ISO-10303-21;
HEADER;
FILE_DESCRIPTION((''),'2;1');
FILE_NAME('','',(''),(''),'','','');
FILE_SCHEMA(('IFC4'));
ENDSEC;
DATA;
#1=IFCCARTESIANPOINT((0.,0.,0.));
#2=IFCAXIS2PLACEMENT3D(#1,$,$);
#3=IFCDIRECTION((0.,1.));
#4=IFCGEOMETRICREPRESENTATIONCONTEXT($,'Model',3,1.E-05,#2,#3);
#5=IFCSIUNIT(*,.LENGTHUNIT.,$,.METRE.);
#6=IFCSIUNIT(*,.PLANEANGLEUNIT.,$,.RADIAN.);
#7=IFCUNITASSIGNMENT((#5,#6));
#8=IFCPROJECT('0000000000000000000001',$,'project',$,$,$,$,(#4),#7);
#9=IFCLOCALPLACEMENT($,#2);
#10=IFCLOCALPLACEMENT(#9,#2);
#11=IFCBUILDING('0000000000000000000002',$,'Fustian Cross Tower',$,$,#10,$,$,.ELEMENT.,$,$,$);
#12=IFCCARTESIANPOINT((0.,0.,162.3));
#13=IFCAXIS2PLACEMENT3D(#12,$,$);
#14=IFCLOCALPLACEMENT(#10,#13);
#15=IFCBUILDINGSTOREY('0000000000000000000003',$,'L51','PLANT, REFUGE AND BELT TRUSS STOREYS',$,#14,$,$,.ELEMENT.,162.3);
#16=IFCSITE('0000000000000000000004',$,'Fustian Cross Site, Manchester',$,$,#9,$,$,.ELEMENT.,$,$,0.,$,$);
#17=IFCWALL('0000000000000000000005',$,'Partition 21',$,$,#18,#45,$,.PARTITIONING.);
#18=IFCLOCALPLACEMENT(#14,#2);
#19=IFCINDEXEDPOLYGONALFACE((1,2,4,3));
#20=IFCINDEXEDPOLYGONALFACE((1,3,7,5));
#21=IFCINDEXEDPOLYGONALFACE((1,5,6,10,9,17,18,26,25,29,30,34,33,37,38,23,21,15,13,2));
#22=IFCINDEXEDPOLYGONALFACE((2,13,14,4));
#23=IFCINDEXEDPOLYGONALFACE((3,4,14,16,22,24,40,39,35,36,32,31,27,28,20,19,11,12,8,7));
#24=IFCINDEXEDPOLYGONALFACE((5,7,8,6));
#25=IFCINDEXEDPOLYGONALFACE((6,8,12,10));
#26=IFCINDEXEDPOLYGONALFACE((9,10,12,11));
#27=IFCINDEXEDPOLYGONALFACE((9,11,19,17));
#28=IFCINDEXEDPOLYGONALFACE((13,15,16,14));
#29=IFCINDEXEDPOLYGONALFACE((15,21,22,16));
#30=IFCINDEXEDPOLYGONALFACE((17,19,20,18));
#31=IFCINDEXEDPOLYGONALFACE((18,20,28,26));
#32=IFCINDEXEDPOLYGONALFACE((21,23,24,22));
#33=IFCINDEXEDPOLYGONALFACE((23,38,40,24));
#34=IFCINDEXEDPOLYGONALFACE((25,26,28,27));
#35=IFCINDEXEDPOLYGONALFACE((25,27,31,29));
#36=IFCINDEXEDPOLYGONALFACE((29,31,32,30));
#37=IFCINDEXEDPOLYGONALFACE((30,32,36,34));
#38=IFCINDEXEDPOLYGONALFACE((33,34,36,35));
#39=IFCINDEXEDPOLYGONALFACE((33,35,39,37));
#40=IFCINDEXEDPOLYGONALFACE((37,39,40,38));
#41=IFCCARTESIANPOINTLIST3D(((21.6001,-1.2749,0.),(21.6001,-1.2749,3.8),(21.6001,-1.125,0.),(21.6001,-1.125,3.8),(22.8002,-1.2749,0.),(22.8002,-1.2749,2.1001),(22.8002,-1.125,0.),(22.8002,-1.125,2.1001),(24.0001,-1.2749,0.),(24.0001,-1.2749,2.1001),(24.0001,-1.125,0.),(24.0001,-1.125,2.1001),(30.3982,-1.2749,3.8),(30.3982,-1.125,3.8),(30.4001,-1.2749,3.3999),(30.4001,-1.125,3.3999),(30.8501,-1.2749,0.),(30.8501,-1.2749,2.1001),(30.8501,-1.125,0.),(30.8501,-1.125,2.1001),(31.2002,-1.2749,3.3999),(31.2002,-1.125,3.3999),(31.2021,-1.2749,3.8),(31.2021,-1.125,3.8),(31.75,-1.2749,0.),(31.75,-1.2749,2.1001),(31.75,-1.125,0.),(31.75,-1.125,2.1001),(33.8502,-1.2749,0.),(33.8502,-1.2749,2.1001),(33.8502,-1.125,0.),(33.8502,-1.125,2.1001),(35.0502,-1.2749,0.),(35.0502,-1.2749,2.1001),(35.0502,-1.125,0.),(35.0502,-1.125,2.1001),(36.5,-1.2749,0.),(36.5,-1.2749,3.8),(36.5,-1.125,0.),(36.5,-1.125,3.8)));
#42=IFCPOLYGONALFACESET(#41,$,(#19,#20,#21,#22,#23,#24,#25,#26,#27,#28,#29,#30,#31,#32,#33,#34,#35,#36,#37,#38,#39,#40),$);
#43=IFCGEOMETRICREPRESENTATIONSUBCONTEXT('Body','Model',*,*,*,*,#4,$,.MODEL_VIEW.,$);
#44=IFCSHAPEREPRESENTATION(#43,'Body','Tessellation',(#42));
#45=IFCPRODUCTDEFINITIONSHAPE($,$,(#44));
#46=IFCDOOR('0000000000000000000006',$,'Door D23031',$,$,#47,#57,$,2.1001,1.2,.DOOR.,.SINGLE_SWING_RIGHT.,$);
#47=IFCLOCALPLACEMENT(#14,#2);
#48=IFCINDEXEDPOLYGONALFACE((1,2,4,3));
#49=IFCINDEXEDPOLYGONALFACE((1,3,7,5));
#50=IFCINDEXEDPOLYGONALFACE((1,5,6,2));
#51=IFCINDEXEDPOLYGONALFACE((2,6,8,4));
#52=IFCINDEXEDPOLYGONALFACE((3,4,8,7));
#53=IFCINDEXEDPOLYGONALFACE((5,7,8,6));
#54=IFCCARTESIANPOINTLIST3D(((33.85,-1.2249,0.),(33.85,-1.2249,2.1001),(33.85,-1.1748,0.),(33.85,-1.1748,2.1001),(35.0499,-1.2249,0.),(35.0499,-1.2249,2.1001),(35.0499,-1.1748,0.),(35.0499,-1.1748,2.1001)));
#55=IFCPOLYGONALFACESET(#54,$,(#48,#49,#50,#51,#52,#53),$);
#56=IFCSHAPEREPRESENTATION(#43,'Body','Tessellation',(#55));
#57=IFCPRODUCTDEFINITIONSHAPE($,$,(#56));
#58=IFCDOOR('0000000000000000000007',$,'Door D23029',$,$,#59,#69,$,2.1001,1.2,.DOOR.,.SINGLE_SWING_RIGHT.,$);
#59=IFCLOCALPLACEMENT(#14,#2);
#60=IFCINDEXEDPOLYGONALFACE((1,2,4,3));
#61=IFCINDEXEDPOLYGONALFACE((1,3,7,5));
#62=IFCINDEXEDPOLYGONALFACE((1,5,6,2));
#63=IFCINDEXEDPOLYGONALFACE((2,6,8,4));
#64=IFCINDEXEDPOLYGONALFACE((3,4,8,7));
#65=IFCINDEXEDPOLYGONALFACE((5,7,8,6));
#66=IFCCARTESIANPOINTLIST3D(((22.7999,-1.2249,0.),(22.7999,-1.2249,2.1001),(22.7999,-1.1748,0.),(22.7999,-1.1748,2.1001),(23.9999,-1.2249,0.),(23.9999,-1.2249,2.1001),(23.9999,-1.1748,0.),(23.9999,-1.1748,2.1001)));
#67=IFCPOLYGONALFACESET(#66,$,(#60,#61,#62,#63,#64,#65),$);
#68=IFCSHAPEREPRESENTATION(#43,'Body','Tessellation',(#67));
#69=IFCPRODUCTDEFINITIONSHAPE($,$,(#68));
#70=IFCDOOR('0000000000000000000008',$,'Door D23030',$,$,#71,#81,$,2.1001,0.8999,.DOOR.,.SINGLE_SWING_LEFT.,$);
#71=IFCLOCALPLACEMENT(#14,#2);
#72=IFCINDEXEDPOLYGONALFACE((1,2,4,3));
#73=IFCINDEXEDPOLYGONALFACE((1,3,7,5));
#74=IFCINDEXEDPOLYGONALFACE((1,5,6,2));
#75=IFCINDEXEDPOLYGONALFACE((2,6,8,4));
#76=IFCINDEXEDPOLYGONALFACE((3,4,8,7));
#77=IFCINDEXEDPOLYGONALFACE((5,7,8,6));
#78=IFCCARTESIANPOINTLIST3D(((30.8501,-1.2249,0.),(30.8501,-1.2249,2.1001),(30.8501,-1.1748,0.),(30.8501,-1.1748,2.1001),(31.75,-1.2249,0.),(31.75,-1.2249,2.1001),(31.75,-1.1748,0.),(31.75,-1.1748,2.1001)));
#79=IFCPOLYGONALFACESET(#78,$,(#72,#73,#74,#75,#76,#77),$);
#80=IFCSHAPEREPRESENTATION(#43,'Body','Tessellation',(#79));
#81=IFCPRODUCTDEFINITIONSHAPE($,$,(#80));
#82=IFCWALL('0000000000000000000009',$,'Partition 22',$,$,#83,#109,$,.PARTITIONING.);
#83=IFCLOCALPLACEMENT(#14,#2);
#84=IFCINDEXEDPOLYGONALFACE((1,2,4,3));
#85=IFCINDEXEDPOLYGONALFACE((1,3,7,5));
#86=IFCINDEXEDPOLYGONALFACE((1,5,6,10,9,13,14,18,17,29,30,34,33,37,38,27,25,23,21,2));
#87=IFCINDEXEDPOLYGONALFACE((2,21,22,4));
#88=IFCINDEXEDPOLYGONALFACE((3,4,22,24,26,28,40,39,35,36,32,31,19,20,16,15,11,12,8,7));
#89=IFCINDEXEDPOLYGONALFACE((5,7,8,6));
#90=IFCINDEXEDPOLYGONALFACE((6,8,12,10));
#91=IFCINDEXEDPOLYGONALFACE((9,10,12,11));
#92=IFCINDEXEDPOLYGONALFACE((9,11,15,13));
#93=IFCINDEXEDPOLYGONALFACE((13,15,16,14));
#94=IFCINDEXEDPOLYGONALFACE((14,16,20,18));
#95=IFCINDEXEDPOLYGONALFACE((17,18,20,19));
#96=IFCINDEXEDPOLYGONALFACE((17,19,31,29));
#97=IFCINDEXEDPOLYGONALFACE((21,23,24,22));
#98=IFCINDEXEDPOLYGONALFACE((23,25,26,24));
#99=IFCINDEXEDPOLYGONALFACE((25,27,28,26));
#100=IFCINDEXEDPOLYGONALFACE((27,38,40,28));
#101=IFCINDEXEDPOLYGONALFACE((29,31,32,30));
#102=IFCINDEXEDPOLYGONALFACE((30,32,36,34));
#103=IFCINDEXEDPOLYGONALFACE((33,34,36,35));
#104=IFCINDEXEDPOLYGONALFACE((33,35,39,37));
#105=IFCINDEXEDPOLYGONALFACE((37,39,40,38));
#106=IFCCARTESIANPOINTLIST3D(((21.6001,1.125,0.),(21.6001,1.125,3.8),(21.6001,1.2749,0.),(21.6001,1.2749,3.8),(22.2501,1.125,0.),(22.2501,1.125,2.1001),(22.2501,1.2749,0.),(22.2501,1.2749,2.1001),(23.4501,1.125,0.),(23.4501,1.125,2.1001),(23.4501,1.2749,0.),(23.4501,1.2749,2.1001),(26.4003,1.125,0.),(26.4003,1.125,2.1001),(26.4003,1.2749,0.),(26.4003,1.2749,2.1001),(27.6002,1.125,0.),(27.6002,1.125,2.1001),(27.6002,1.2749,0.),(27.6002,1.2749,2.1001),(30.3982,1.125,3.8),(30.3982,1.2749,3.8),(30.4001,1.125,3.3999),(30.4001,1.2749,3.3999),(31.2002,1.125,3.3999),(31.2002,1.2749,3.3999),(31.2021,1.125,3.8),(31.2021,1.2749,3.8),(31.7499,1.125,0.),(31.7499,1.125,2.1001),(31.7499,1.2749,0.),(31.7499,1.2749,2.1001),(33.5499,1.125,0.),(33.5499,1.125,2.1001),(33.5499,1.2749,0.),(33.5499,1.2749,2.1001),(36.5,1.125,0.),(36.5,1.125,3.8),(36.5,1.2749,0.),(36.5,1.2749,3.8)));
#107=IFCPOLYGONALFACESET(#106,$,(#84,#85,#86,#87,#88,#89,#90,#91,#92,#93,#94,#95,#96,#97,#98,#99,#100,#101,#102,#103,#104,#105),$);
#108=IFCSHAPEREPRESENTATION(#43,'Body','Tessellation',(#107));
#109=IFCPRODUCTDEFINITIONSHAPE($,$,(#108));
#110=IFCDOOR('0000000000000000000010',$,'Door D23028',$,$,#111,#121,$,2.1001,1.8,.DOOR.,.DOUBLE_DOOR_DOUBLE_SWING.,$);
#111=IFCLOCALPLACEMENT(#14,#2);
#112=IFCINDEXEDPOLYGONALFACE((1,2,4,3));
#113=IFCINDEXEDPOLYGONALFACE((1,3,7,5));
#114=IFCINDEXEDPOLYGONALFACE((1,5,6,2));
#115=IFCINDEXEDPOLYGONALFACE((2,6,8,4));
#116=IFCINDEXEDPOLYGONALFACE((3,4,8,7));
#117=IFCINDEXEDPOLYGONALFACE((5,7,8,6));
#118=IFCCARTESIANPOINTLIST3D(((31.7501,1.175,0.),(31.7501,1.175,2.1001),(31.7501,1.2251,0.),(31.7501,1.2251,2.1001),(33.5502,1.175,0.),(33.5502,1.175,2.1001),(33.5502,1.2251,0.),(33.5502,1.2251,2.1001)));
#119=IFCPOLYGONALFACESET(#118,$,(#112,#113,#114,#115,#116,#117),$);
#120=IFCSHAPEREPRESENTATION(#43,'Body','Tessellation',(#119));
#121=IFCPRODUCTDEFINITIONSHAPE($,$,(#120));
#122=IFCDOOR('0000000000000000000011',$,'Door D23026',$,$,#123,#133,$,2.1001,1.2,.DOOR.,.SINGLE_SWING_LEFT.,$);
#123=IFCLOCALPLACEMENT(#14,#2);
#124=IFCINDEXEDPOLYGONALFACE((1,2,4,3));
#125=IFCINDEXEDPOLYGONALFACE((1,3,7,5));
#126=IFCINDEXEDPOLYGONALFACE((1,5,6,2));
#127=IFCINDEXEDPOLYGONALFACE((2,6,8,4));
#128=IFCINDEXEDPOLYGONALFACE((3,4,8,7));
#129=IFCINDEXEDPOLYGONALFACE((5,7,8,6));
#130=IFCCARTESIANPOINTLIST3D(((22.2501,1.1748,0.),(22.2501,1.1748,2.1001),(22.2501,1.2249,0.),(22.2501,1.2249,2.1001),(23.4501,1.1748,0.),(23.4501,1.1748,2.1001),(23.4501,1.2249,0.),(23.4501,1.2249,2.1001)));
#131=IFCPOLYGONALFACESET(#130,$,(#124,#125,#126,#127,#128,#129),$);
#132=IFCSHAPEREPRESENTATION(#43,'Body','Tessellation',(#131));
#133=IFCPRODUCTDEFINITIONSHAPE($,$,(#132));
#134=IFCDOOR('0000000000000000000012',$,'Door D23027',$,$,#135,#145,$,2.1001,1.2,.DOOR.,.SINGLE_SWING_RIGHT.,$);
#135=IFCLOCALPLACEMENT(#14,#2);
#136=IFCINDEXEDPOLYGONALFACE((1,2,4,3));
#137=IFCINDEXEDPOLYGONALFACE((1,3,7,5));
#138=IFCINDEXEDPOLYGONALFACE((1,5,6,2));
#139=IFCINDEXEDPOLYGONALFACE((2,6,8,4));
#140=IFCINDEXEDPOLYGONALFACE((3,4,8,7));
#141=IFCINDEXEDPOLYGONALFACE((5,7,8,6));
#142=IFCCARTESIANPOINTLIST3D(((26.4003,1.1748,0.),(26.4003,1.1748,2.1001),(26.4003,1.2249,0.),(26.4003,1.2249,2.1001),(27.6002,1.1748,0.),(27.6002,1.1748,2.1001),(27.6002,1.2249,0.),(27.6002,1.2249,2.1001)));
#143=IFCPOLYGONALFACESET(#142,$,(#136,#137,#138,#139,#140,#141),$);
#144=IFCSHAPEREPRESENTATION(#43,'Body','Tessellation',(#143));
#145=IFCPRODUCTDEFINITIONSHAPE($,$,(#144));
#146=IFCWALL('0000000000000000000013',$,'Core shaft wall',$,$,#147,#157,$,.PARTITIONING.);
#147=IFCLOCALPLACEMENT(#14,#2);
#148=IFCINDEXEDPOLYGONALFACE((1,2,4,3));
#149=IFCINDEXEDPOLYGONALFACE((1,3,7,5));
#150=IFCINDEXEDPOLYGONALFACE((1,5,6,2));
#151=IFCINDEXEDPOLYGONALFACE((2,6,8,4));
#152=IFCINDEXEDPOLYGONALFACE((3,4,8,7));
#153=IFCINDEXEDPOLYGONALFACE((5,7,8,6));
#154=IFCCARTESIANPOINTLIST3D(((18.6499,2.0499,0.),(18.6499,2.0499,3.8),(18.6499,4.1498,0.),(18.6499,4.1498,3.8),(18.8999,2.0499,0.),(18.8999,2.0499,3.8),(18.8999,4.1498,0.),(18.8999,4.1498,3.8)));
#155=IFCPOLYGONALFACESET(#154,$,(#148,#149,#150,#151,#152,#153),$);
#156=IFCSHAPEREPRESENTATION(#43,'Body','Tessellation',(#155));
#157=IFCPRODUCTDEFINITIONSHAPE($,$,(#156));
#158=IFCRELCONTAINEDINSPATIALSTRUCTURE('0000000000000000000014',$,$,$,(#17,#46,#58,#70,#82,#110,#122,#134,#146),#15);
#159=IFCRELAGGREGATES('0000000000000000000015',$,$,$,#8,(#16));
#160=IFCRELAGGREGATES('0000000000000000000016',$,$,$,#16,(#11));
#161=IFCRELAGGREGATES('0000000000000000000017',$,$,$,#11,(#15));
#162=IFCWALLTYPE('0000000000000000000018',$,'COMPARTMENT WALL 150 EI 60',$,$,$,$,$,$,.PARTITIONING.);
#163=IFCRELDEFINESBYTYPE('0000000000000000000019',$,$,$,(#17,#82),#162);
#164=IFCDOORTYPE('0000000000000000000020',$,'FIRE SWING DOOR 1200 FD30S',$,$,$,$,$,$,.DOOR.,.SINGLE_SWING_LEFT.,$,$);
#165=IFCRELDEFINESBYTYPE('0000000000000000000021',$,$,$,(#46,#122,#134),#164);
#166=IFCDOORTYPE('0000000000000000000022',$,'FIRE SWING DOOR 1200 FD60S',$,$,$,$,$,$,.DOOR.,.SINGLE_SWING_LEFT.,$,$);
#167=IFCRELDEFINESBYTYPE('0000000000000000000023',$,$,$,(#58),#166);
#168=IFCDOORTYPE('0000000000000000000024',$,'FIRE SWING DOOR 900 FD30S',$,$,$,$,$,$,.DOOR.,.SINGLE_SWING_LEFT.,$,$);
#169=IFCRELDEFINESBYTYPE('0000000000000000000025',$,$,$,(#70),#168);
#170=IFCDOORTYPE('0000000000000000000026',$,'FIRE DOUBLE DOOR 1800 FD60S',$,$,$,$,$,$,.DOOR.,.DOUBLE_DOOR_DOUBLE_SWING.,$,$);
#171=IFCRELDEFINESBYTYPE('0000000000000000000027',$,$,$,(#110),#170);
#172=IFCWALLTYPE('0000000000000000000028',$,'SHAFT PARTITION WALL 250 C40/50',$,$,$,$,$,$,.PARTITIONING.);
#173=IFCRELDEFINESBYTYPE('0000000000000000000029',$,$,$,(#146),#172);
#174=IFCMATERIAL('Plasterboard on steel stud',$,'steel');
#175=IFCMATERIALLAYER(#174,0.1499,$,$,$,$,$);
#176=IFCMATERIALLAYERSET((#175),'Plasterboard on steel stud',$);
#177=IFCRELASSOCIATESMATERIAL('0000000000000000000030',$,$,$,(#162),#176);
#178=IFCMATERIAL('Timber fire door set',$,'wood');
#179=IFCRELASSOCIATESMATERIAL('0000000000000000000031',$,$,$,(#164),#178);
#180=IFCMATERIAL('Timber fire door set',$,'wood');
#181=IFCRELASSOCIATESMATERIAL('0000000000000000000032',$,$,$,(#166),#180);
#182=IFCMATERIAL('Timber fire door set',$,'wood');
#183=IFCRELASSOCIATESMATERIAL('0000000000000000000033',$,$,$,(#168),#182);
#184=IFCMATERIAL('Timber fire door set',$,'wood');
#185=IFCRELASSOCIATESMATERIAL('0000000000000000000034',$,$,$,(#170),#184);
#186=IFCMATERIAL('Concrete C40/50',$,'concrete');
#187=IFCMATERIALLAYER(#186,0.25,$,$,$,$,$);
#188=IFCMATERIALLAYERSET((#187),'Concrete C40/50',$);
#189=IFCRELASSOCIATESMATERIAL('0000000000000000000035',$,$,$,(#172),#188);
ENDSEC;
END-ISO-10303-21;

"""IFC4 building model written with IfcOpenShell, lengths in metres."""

from ifc_helpers import new_model, si_unit, direction, frame, frame_2d, origin, place, context, subcontext, project, spatial, polyline, rectangle, outline, extrude, material, layer, layer_set, type_object, element, fill, save


model = new_model("IFC4")

# Units and contexts
model_context = context("Model", 3, precision=1e-05, world=origin(), true_north=direction((0.0, 1.0)))
body_context = subcontext(model_context, "Body", "Model", "MODEL_VIEW")
ifc_project = project(units=[si_unit("LENGTHUNIT", "METRE"), si_unit("PLANEANGLEUNIT", "RADIAN")], contexts=[model_context])

# Site, building, storey
site_placement = place(None, origin())
site = spatial("IfcSite", under=ifc_project, at=site_placement, Name="Fustian Cross Site, Manchester", CompositionType="ELEMENT", RefElevation=0.0)
building_placement = place(site_placement, origin())
building = spatial("IfcBuilding", under=site, at=building_placement, Name="Fustian Cross Tower", CompositionType="ELEMENT")
storey_placement = place(building_placement, frame((0.0, 0.0, 162.3)))
storey = spatial("IfcBuildingStorey", under=building, at=storey_placement, Name="L51", Description="PLANT, REFUGE AND BELT TRUSS STOREYS", CompositionType="ELEMENT", Elevation=162.3)

# Walls, openings, doors
ifc_material_1 = material(Name="Plasterboard on steel stud", Category="steel")
ifc_layer_1 = layer(ifc_material_1, 0.1499)
ifc_layer_set_1 = layer_set([ifc_layer_1], Name="Plasterboard on steel stud")
wall_type_1 = type_object("IfcWallType", Name="COMPARTMENT WALL 150 EI 60", PredefinedType="PARTITIONING", material=ifc_layer_set_1)
wall_1_placement = place(storey_placement, frame((21.6001, -1.2, 0.0), z_axis=(0.0, 0.0, 1.0), x_axis=(1.0, 0.0, 0.0)))
wall_1 = element("IfcWall", 1, at=wall_1_placement, inside=storey, type_object=wall_type_1, Name="Partition 21", PredefinedType="PARTITIONING", context=body_context, shape_type="SweptSolid", body=[
    extrude(outline(polyline([(0.0, 0.0), (14.8999, 0.0), (14.8999, 3.8), (9.6021, 3.8), (9.6001, 3.3999), (8.8, 3.3999), (8.7981, 3.8), (0.0, 3.8), (0.0, 0.0)])), frame((0.0, 0.075, 0.0), z_axis=(0.0, -1.0, 0.0), x_axis=(1.0, 0.0, 0.0)), (0.0, 0.0, 1.0), 0.1499),
])
opening_1_placement = place(wall_1_placement, frame((1.2, 0.0, 0.0)))
opening_1 = element("IfcOpeningElement", 2, at=opening_1_placement, cuts=wall_1, PredefinedType="OPENING", context=body_context, shape_type="SweptSolid", body=[
    extrude(rectangle(XDim=1.2, YDim=2.1001, at=frame_2d((0.6001, 1.05))), frame((0.0, 0.085, 0.0), z_axis=(0.0, -1.0, 0.0), x_axis=(1.0, 0.0, 0.0)), (0.0, 0.0, 1.0), 0.1699),
])
opening_2_placement = place(wall_1_placement, frame((9.25, 0.0, 0.0)))
opening_2 = element("IfcOpeningElement", 3, at=opening_2_placement, cuts=wall_1, PredefinedType="OPENING", context=body_context, shape_type="SweptSolid", body=[
    extrude(rectangle(XDim=0.8999, YDim=2.1001, at=frame_2d((0.45, 1.05))), frame((0.0, 0.085, 0.0), z_axis=(0.0, -1.0, 0.0), x_axis=(1.0, 0.0, 0.0)), (0.0, 0.0, 1.0), 0.1699),
])
opening_3_placement = place(wall_1_placement, frame((12.25, 0.0, 0.0)))
opening_3 = element("IfcOpeningElement", 4, at=opening_3_placement, cuts=wall_1, PredefinedType="OPENING", context=body_context, shape_type="SweptSolid", body=[
    extrude(rectangle(XDim=1.2, YDim=2.1001, at=frame_2d((0.6001, 1.05))), frame((0.0, 0.085, 0.0), z_axis=(0.0, -1.0, 0.0), x_axis=(1.0, 0.0, 0.0)), (0.0, 0.0, 1.0), 0.1699),
])
ifc_material_2 = material(Name="Timber fire door set", Category="wood")
door_type_1 = type_object("IfcDoorType", Name="FIRE SWING DOOR 1200 FD30S", OperationType="SINGLE_SWING_LEFT", PredefinedType="DOOR", material=ifc_material_2)
door_1_placement = place(opening_3_placement, frame((1.2, 0.0, 0.0), z_axis=(0.0, 0.0, 1.0), x_axis=(-1.0, 0.0, 0.0)))
door_1 = element("IfcDoor", 5, at=door_1_placement, inside=storey, type_object=door_type_1, Name="Door D23031", OperationType="SINGLE_SWING_RIGHT", OverallHeight=2.1001, OverallWidth=1.2, PredefinedType="DOOR", context=body_context, shape_type="SweptSolid", body=[
    extrude(rectangle(XDim=1.2, YDim=2.1001, at=frame_2d((0.6001, 1.05))), frame((0.0, 0.0249, 0.0), z_axis=(0.0, -1.0, 0.0), x_axis=(1.0, 0.0, 0.0)), (0.0, 0.0, 1.0), 0.05),
])
fill(opening_3, door_1)
ifc_material_3 = material(Name="Timber fire door set", Category="wood")
door_type_2 = type_object("IfcDoorType", Name="FIRE SWING DOOR 1200 FD60S", OperationType="SINGLE_SWING_LEFT", PredefinedType="DOOR", material=ifc_material_3)
door_2_placement = place(opening_1_placement, frame((1.2, 0.0, 0.0), z_axis=(0.0, 0.0, 1.0), x_axis=(-1.0, 0.0, 0.0)))
door_2 = element("IfcDoor", 6, at=door_2_placement, inside=storey, type_object=door_type_2, Name="Door D23029", OperationType="SINGLE_SWING_RIGHT", OverallHeight=2.1001, OverallWidth=1.2, PredefinedType="DOOR", context=body_context, shape_type="SweptSolid", body=[
    extrude(rectangle(XDim=1.2, YDim=2.1001, at=frame_2d((0.6001, 1.05))), frame((0.0, 0.0249, 0.0), z_axis=(0.0, -1.0, 0.0), x_axis=(1.0, 0.0, 0.0)), (0.0, 0.0, 1.0), 0.05),
])
fill(opening_1, door_2)
ifc_material_4 = material(Name="Timber fire door set", Category="wood")
door_type_3 = type_object("IfcDoorType", Name="FIRE SWING DOOR 900 FD30S", OperationType="SINGLE_SWING_LEFT", PredefinedType="DOOR", material=ifc_material_4)
door_3_placement = place(opening_2_placement, frame((0.8999, 0.0, 0.0), z_axis=(0.0, 0.0, 1.0), x_axis=(-1.0, 0.0, 0.0)))
door_3 = element("IfcDoor", 7, at=door_3_placement, inside=storey, type_object=door_type_3, Name="Door D23030", OperationType="SINGLE_SWING_LEFT", OverallHeight=2.1001, OverallWidth=0.8999, PredefinedType="DOOR", context=body_context, shape_type="SweptSolid", body=[
    extrude(rectangle(XDim=0.8999, YDim=2.1001, at=frame_2d((0.45, 1.05))), frame((0.0, 0.0249, 0.0), z_axis=(0.0, -1.0, 0.0), x_axis=(1.0, 0.0, 0.0)), (0.0, 0.0, 1.0), 0.05),
])
fill(opening_2, door_3)
wall_2_placement = place(storey_placement, frame((21.6001, 1.2, 0.0), z_axis=(0.0, 0.0, 1.0), x_axis=(1.0, 0.0, 0.0)))
wall_2 = element("IfcWall", 8, at=wall_2_placement, inside=storey, type_object=wall_type_1, Name="Partition 22", PredefinedType="PARTITIONING", context=body_context, shape_type="SweptSolid", body=[
    extrude(outline(polyline([(0.0, 0.0), (14.8999, 0.0), (14.8999, 3.8), (9.6021, 3.8), (9.6001, 3.3999), (8.8, 3.3999), (8.7981, 3.8), (0.0, 3.8), (0.0, 0.0)])), frame((0.0, 0.075, 0.0), z_axis=(0.0, -1.0, 0.0), x_axis=(1.0, 0.0, 0.0)), (0.0, 0.0, 1.0), 0.1499),
])
opening_4_placement = place(wall_2_placement, frame((0.6499, 0.0, 0.0)))
opening_4 = element("IfcOpeningElement", 9, at=opening_4_placement, cuts=wall_2, PredefinedType="OPENING", context=body_context, shape_type="SweptSolid", body=[
    extrude(rectangle(XDim=1.2, YDim=2.1001, at=frame_2d((0.6001, 1.05))), frame((0.0, 0.085, 0.0), z_axis=(0.0, -1.0, 0.0), x_axis=(1.0, 0.0, 0.0)), (0.0, 0.0, 1.0), 0.1699),
])
opening_5_placement = place(wall_2_placement, frame((4.8, 0.0, 0.0)))
opening_5 = element("IfcOpeningElement", 10, at=opening_5_placement, cuts=wall_2, PredefinedType="OPENING", context=body_context, shape_type="SweptSolid", body=[
    extrude(rectangle(XDim=1.2, YDim=2.1001, at=frame_2d((0.6001, 1.05))), frame((0.0, 0.085, 0.0), z_axis=(0.0, -1.0, 0.0), x_axis=(1.0, 0.0, 0.0)), (0.0, 0.0, 1.0), 0.1699),
])
opening_6_placement = place(wall_2_placement, frame((10.1499, 0.0, 0.0)))
opening_6 = element("IfcOpeningElement", 11, at=opening_6_placement, cuts=wall_2, PredefinedType="OPENING", context=body_context, shape_type="SweptSolid", body=[
    extrude(rectangle(XDim=1.8, YDim=2.1001, at=frame_2d((0.8999, 1.05))), frame((0.0, 0.085, 0.0), z_axis=(0.0, -1.0, 0.0), x_axis=(1.0, 0.0, 0.0)), (0.0, 0.0, 1.0), 0.1699),
])
ifc_material_5 = material(Name="Timber fire door set", Category="wood")
door_type_4 = type_object("IfcDoorType", Name="FIRE DOUBLE DOOR 1800 FD60S", OperationType="DOUBLE_DOOR_DOUBLE_SWING", PredefinedType="DOOR", material=ifc_material_5)
door_4_placement = place(opening_6_placement, frame((1.8, 0.0, 0.0), z_axis=(0.0, 0.0, 1.0), x_axis=(-1.0, 0.0, 0.0)))
door_4 = element("IfcDoor", 12, at=door_4_placement, inside=storey, type_object=door_type_4, Name="Door D23028", OperationType="DOUBLE_DOOR_DOUBLE_SWING", OverallHeight=2.1001, OverallWidth=1.8, PredefinedType="DOOR", context=body_context, shape_type="SweptSolid", body=[
    extrude(rectangle(XDim=1.8, YDim=2.1001, at=frame_2d((0.8999, 1.05))), frame((0.0, 0.0249, 0.0), z_axis=(0.0, -1.0, 0.0), x_axis=(1.0, 0.0, 0.0)), (0.0, 0.0, 1.0), 0.05),
])
fill(opening_6, door_4)
door_5_placement = place(opening_4_placement, origin())
door_5 = element("IfcDoor", 13, at=door_5_placement, inside=storey, type_object=door_type_1, Name="Door D23026", OperationType="SINGLE_SWING_LEFT", OverallHeight=2.1001, OverallWidth=1.2, PredefinedType="DOOR", context=body_context, shape_type="SweptSolid", body=[
    extrude(rectangle(XDim=1.2, YDim=2.1001, at=frame_2d((0.6001, 1.05))), frame((0.0, 0.0249, 0.0), z_axis=(0.0, -1.0, 0.0), x_axis=(1.0, 0.0, 0.0)), (0.0, 0.0, 1.0), 0.05),
])
fill(opening_4, door_5)
door_6_placement = place(opening_5_placement, origin())
door_6 = element("IfcDoor", 14, at=door_6_placement, inside=storey, type_object=door_type_1, Name="Door D23027", OperationType="SINGLE_SWING_RIGHT", OverallHeight=2.1001, OverallWidth=1.2, PredefinedType="DOOR", context=body_context, shape_type="SweptSolid", body=[
    extrude(rectangle(XDim=1.2, YDim=2.1001, at=frame_2d((0.6001, 1.05))), frame((0.0, 0.0249, 0.0), z_axis=(0.0, -1.0, 0.0), x_axis=(1.0, 0.0, 0.0)), (0.0, 0.0, 1.0), 0.05),
])
fill(opening_5, door_6)

# Wall
ifc_material_6 = material(Name="Concrete C40/50", Category="concrete")
ifc_layer_2 = layer(ifc_material_6, 0.25)
ifc_layer_set_2 = layer_set([ifc_layer_2], Name="Concrete C40/50")
wall_type_2 = type_object("IfcWallType", Name="SHAFT PARTITION WALL 250 C40/50", PredefinedType="PARTITIONING", material=ifc_layer_set_2)
for number, where, z_axis, x_axis, name in (
    (15, (18.7749, 2.05, 0.0), (0.0, 0.0, 1.0), (0.0, 1.0, 0.0), "Core shaft wall"),
):
    element("IfcWall", number, at=place(storey_placement, frame(where, z_axis=z_axis, x_axis=x_axis)), inside=storey, type_object=wall_type_2, Name=name, PredefinedType="PARTITIONING", context=body_context, shape_type="SweptSolid", body=[
        extrude(rectangle(XDim=2.0999, YDim=0.25, at=frame_2d((1.0498, 0.0))), origin(), (0.0, 0.0, 1.0), 3.8),
    ])

save(model, "model.ifc")
